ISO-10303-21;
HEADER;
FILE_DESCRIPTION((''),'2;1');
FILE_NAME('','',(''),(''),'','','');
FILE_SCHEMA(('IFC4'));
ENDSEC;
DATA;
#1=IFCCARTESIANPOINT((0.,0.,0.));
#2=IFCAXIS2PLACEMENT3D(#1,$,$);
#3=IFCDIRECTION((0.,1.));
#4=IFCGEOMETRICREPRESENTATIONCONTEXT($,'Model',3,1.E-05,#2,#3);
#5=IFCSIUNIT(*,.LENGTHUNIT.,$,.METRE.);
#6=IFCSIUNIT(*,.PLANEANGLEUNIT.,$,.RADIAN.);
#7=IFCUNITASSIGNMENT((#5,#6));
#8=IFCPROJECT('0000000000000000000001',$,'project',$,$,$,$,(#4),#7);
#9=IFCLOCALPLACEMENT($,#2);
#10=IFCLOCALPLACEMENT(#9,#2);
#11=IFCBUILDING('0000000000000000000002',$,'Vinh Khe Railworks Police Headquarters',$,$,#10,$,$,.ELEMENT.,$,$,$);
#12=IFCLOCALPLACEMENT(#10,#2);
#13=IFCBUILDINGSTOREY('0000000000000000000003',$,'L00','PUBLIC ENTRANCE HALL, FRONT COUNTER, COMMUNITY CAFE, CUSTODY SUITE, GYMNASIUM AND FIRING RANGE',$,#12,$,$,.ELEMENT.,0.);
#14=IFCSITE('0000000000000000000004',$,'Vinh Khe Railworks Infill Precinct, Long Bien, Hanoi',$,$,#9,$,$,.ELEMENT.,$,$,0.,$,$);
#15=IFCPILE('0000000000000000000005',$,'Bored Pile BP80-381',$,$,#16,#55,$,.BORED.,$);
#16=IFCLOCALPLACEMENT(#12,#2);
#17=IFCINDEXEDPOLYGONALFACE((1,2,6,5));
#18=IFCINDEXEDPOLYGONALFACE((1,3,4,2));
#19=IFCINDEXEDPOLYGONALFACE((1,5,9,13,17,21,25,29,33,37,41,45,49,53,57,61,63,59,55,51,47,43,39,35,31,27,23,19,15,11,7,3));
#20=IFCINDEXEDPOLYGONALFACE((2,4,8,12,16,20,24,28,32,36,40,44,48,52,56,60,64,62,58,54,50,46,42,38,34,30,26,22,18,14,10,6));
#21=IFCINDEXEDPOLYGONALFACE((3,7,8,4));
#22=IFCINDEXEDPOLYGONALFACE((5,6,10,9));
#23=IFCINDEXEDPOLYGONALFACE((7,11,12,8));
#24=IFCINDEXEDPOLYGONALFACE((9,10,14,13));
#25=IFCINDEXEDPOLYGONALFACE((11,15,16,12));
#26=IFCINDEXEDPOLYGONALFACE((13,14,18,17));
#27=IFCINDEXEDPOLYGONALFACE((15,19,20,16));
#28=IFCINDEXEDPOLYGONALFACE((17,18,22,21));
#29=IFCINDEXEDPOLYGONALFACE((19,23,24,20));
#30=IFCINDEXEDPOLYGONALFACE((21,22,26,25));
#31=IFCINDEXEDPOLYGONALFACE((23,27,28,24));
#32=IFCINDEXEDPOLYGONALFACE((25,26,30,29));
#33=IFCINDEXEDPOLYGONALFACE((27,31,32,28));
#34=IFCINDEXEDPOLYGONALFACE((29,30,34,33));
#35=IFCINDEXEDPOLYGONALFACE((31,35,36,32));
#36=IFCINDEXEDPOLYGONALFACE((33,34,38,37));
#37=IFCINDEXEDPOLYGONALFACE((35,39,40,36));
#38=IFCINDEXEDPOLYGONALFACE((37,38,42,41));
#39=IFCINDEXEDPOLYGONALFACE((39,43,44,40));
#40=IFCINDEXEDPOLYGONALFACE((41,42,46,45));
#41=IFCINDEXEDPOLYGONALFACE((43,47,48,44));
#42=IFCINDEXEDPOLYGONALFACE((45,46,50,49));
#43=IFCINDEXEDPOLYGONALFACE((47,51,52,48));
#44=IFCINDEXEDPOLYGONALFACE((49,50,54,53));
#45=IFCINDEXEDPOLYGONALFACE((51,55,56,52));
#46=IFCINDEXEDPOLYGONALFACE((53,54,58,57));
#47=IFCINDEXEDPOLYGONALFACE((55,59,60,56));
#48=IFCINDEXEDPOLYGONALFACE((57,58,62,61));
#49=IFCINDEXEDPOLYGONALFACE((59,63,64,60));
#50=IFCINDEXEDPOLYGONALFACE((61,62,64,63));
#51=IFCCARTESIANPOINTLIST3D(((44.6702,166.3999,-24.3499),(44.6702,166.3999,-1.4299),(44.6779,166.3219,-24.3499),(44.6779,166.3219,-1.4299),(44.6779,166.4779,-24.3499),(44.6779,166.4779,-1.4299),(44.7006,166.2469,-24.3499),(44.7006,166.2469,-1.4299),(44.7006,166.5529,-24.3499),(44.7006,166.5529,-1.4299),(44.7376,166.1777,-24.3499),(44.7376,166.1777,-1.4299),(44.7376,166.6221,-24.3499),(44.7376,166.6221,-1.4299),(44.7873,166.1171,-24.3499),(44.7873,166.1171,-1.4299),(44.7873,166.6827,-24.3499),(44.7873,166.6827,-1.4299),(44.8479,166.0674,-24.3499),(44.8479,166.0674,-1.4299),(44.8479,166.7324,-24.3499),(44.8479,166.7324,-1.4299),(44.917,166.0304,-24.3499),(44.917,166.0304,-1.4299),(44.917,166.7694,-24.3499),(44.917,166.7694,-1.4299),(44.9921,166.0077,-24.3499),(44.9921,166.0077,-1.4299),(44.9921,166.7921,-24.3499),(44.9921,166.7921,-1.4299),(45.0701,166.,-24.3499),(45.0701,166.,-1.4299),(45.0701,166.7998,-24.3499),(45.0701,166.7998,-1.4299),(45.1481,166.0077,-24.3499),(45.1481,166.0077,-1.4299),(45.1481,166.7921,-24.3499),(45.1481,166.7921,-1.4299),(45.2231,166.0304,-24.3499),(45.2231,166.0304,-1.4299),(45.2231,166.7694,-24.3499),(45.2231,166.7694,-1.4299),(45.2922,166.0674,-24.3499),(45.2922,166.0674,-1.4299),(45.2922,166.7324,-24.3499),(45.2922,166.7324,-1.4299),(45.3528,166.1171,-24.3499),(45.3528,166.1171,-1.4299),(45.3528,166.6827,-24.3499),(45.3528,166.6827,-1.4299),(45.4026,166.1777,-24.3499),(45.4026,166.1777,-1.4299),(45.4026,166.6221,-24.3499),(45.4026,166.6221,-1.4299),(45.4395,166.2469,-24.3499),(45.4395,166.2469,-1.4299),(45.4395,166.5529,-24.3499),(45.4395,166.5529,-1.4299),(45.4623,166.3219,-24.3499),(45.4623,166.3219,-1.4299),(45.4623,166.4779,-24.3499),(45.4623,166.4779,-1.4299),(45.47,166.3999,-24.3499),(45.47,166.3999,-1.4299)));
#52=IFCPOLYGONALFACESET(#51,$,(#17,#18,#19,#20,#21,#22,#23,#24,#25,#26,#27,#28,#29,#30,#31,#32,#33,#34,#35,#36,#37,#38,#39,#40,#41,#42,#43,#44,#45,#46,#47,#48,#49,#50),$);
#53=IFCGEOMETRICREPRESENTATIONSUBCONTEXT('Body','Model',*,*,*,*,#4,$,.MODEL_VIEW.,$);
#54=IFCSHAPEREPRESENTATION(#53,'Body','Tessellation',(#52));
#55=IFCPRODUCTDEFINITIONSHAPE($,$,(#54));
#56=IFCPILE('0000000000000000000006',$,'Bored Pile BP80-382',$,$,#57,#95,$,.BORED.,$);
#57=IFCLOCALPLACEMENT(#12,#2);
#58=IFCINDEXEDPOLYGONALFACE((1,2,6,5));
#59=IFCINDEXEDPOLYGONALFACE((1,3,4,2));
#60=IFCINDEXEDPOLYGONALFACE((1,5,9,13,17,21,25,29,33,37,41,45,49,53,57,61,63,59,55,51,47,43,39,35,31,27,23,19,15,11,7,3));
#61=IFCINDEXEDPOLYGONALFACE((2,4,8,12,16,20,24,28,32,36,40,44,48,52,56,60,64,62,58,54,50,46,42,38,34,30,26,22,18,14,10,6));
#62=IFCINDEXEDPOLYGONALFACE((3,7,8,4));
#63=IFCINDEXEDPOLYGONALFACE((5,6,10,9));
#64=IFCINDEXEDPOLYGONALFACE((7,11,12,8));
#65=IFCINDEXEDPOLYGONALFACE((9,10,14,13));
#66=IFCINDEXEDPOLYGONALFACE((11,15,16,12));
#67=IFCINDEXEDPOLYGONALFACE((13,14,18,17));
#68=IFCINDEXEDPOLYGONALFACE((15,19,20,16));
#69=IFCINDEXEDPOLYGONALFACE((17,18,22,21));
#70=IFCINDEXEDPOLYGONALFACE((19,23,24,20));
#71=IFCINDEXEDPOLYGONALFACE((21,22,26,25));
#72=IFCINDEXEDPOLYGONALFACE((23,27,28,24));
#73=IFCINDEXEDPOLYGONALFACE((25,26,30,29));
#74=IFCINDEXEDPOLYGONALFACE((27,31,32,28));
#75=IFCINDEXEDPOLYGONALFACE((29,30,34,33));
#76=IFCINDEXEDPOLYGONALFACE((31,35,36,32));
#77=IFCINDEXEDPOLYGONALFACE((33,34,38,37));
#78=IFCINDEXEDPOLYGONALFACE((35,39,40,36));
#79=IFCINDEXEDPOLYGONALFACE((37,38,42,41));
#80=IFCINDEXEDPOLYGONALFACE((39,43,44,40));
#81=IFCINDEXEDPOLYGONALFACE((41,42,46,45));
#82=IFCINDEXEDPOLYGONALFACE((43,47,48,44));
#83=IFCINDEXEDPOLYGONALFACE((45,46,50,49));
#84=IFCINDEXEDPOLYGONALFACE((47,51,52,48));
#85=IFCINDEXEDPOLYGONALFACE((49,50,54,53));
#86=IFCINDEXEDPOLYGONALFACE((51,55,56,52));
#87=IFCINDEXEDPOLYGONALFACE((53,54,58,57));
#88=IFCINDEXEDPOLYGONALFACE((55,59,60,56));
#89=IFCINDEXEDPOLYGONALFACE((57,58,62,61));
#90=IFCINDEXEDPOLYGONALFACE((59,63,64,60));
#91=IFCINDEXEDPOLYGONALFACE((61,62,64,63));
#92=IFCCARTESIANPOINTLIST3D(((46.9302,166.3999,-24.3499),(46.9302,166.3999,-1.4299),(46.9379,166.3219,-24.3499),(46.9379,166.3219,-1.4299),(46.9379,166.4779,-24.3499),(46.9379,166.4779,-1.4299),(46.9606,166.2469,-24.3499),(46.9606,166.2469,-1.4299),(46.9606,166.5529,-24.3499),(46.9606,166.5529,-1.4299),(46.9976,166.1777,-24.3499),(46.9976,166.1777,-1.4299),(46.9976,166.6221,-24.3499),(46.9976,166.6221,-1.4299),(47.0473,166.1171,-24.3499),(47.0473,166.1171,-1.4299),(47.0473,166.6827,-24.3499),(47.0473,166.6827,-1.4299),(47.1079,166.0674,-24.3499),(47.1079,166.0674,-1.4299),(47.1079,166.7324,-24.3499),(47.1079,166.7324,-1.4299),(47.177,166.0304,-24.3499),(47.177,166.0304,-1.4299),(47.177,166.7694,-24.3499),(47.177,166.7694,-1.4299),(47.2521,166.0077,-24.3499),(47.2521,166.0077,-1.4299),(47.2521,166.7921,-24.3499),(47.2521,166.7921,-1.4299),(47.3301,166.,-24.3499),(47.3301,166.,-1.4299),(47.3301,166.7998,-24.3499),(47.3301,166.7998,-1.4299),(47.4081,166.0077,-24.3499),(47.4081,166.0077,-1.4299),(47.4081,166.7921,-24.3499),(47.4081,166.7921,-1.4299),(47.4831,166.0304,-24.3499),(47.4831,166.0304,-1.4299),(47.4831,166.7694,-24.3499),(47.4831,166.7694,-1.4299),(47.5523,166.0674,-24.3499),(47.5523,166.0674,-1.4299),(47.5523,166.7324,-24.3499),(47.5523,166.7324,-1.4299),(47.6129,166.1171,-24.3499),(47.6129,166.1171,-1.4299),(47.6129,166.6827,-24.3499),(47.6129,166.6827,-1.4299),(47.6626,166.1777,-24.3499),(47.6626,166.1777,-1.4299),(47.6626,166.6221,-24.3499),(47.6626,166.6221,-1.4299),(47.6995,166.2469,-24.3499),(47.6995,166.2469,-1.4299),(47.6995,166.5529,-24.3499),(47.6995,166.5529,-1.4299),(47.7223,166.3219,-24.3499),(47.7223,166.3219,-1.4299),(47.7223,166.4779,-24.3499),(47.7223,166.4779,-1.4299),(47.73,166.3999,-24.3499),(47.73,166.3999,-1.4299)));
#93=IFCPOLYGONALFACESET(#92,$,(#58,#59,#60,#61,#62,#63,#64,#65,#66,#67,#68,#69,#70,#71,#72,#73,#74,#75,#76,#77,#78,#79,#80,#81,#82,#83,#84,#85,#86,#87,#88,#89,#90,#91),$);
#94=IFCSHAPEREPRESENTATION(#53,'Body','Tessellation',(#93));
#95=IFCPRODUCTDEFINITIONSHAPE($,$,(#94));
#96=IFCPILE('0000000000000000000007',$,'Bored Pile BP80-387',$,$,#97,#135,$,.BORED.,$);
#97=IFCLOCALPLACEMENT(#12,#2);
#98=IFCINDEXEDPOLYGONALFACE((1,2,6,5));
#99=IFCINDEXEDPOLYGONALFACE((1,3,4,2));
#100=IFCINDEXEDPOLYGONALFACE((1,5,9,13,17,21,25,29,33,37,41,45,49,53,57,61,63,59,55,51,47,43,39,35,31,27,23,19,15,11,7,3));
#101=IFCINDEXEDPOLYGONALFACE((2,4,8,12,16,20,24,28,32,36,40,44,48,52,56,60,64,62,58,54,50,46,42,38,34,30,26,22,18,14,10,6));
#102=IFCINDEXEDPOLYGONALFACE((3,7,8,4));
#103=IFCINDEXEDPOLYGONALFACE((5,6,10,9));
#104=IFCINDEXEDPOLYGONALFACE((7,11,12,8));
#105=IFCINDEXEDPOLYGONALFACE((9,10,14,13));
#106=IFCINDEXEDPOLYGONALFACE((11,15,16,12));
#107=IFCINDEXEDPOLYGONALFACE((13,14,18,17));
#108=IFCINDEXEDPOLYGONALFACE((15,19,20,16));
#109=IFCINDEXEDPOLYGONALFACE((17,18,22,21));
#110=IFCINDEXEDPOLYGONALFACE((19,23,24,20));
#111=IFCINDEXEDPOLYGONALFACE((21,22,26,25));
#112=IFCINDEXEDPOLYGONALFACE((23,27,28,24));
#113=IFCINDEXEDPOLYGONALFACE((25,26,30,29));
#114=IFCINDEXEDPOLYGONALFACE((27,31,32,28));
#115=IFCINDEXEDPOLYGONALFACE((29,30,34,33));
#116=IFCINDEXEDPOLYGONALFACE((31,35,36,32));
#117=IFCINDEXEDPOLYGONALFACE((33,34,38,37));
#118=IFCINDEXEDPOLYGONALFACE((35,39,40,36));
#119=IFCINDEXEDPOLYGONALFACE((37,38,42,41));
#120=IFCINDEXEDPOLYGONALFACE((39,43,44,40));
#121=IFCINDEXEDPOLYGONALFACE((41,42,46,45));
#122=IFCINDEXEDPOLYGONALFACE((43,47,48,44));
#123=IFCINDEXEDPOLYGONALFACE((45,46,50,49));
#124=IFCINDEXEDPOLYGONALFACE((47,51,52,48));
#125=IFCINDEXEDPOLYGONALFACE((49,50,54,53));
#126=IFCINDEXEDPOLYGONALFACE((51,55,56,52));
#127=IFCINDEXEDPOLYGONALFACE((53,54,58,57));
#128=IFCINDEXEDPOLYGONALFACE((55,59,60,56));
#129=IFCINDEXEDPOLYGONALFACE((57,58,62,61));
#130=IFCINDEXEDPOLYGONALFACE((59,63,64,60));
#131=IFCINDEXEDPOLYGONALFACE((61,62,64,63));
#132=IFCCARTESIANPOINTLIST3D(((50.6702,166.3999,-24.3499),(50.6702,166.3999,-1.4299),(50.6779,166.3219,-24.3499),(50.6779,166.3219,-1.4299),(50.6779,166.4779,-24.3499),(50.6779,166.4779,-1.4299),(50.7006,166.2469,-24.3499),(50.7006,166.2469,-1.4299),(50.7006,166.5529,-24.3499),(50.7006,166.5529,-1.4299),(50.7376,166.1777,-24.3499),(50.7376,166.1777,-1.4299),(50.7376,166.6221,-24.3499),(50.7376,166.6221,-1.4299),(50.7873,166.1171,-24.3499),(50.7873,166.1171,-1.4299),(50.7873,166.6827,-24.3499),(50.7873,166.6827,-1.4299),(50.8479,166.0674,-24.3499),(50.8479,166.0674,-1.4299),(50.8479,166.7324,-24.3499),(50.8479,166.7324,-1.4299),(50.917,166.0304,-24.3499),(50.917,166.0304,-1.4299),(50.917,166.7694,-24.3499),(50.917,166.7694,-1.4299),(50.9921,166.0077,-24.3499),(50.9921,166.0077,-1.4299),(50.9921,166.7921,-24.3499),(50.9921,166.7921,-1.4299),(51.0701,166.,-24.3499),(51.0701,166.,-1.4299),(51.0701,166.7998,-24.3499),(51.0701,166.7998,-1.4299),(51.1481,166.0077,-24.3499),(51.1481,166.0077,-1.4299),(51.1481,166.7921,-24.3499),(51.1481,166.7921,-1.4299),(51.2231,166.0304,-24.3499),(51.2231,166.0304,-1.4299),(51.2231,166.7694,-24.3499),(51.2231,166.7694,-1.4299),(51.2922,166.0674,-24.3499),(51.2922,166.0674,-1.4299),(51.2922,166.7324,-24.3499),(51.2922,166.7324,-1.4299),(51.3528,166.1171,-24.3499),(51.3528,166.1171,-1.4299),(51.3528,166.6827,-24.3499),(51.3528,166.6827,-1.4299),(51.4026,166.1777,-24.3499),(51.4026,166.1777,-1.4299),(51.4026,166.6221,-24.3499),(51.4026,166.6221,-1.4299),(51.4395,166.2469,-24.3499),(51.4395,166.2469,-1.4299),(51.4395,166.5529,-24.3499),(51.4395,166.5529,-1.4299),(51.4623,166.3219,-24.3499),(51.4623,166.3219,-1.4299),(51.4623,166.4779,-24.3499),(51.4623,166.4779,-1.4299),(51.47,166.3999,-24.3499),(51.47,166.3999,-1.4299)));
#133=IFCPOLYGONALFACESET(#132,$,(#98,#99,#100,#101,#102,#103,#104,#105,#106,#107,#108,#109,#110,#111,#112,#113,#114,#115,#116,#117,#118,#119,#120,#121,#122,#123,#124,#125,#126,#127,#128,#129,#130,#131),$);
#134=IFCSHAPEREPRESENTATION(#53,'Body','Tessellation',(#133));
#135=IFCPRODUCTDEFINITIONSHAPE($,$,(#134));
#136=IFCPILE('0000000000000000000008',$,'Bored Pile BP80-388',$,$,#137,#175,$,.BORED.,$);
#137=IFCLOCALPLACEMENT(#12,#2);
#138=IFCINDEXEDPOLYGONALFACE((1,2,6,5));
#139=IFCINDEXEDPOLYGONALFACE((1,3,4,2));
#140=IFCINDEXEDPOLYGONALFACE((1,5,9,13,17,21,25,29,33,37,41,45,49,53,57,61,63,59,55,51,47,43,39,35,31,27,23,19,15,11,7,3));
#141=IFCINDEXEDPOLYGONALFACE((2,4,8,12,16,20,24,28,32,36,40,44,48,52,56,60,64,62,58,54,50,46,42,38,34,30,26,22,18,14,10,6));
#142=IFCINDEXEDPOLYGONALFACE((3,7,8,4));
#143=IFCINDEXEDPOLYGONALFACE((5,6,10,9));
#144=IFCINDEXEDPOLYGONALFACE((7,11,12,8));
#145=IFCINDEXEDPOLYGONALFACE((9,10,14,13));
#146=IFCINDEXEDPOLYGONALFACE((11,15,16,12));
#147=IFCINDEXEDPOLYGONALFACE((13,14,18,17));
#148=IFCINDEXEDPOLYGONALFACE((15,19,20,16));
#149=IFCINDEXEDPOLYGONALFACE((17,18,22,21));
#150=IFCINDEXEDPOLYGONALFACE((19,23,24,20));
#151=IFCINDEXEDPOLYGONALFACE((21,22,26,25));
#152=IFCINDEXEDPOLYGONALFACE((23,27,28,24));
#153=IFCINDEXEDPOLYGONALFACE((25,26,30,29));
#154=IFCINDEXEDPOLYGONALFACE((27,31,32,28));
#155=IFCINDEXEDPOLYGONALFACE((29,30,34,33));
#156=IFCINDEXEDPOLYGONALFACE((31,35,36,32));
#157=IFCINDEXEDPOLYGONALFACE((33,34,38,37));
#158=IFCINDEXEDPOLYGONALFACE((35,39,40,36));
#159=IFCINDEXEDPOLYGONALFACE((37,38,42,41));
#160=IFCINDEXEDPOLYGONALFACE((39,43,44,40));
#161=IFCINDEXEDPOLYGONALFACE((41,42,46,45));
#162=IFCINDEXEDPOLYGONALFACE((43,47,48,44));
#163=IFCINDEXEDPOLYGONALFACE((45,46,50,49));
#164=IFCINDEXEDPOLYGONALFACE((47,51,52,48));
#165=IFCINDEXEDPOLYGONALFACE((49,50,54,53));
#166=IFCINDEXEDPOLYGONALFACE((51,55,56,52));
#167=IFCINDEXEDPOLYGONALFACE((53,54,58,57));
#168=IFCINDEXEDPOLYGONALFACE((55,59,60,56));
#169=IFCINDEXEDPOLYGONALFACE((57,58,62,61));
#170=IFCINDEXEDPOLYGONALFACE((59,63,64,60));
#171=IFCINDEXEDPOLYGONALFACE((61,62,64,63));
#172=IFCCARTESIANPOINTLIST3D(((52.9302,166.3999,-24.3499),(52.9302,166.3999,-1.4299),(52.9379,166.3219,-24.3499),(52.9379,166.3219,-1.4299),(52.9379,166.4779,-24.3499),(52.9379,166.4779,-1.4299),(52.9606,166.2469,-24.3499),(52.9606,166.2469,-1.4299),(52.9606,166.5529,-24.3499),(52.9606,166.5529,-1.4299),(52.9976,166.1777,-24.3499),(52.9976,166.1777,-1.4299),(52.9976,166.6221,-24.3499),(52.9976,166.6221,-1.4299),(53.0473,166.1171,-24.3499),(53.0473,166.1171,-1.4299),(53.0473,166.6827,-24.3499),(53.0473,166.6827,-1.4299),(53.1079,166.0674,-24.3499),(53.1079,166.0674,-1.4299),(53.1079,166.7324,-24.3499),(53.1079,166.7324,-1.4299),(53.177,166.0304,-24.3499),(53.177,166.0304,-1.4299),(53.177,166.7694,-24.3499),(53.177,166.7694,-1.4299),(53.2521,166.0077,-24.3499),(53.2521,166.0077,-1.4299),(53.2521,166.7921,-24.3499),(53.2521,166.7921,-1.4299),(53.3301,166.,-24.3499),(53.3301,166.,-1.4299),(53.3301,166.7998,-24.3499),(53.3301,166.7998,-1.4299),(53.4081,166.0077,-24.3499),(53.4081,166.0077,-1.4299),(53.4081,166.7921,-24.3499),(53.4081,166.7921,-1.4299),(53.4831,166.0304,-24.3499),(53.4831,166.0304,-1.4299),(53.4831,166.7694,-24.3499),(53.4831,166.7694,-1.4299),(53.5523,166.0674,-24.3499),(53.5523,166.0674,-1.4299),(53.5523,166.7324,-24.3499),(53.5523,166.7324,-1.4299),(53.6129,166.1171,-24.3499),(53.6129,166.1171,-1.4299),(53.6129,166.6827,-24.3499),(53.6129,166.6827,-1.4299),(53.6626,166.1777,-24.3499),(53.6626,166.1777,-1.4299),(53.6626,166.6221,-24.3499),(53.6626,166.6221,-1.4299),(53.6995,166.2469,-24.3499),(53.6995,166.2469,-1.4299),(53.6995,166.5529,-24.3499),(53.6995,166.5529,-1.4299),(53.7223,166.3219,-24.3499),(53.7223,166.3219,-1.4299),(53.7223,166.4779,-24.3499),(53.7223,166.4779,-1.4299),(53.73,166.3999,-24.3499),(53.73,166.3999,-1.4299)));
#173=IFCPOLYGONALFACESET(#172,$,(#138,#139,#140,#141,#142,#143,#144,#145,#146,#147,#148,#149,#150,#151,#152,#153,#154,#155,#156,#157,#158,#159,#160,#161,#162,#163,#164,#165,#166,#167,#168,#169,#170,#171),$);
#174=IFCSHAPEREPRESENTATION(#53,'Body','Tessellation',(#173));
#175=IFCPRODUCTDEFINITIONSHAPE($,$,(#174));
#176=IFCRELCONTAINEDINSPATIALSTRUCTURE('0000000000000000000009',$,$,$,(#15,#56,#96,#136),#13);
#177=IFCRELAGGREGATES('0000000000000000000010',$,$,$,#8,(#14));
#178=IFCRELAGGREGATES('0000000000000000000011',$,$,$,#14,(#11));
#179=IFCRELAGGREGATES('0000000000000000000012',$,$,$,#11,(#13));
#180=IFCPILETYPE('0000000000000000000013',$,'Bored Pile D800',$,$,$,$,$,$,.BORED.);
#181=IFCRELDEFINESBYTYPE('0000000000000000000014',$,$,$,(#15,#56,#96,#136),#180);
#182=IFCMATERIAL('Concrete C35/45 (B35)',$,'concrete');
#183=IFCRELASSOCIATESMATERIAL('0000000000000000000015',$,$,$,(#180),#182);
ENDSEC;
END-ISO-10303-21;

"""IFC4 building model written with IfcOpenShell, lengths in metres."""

from ifc_helpers import new_model, si_unit, direction, frame, origin, origin_2d, place, context, subcontext, project, spatial, circle, extrude, material, material_profile, profile_set, type_object, element, save


model = new_model("IFC4")

# Units and contexts
model_context = context("Model", 3, precision=1e-05, world=origin(), true_north=direction((0.0, 1.0)))
body_context = subcontext(model_context, "Body", "Model", "MODEL_VIEW")
ifc_project = project(units=[si_unit("LENGTHUNIT", "METRE"), si_unit("PLANEANGLEUNIT", "RADIAN")], contexts=[model_context])

# Site, building, storey
site_placement = place(None, origin())
site = spatial("IfcSite", under=ifc_project, at=site_placement, Name="Vinh Khe Railworks Infill Precinct, Long Bien, Hanoi", CompositionType="ELEMENT", RefElevation=0.0)
building_placement = place(site_placement, origin())
building = spatial("IfcBuilding", under=site, at=building_placement, Name="Vinh Khe Railworks Police Headquarters", CompositionType="ELEMENT")
storey_placement = place(building_placement, origin())
storey = spatial("IfcBuildingStorey", under=building, at=storey_placement, Name="L00", Description="PUBLIC ENTRANCE HALL, FRONT COUNTER, COMMUNITY CAFE, CUSTODY SUITE, GYMNASIUM AND FIRING RANGE", CompositionType="ELEMENT", Elevation=0.0)

# Piles
ifc_material_1 = material(Name="Concrete C35/45 (B35)", Category="concrete")
ifc_material_profile_1 = material_profile(ifc_material_1, circle(Radius=0.3999, at=origin_2d()), Name="BORED PILE D800")
ifc_profile_set_1 = profile_set([ifc_material_profile_1], Name="Concrete C35/45 (B35)")
pile_type_1 = type_object("IfcPileType", Name="Bored Pile D800", PredefinedType="BORED", material=ifc_profile_set_1)
for number, where, z_axis, x_axis, name in (
    (1, (45.0701, 166.3999, -1.4299), (0.0, 0.0, -1.0), (1.0, 0.0, 0.0), "Bored Pile BP80-381"),
    (2, (47.3301, 166.3999, -1.4299), (0.0, 0.0, -1.0), (1.0, 0.0, 0.0), "Bored Pile BP80-382"),
    (3, (51.0701, 166.3999, -1.4299), (0.0, 0.0, -1.0), (1.0, 0.0, 0.0), "Bored Pile BP80-387"),
    (4, (53.3301, 166.3999, -1.4299), (0.0, 0.0, -1.0), (1.0, 0.0, 0.0), "Bored Pile BP80-388"),
):
    element("IfcPile", number, at=place(storey_placement, frame(where, z_axis=z_axis, x_axis=x_axis)), inside=storey, type_object=pile_type_1, Name=name, PredefinedType="BORED", context=body_context, shape_type="SweptSolid", body=[
        extrude(circle(Radius=0.3999, at=origin_2d()), origin(), (0.0, 0.0, 1.0), 22.9199),
    ])

save(model, "model.ifc")
